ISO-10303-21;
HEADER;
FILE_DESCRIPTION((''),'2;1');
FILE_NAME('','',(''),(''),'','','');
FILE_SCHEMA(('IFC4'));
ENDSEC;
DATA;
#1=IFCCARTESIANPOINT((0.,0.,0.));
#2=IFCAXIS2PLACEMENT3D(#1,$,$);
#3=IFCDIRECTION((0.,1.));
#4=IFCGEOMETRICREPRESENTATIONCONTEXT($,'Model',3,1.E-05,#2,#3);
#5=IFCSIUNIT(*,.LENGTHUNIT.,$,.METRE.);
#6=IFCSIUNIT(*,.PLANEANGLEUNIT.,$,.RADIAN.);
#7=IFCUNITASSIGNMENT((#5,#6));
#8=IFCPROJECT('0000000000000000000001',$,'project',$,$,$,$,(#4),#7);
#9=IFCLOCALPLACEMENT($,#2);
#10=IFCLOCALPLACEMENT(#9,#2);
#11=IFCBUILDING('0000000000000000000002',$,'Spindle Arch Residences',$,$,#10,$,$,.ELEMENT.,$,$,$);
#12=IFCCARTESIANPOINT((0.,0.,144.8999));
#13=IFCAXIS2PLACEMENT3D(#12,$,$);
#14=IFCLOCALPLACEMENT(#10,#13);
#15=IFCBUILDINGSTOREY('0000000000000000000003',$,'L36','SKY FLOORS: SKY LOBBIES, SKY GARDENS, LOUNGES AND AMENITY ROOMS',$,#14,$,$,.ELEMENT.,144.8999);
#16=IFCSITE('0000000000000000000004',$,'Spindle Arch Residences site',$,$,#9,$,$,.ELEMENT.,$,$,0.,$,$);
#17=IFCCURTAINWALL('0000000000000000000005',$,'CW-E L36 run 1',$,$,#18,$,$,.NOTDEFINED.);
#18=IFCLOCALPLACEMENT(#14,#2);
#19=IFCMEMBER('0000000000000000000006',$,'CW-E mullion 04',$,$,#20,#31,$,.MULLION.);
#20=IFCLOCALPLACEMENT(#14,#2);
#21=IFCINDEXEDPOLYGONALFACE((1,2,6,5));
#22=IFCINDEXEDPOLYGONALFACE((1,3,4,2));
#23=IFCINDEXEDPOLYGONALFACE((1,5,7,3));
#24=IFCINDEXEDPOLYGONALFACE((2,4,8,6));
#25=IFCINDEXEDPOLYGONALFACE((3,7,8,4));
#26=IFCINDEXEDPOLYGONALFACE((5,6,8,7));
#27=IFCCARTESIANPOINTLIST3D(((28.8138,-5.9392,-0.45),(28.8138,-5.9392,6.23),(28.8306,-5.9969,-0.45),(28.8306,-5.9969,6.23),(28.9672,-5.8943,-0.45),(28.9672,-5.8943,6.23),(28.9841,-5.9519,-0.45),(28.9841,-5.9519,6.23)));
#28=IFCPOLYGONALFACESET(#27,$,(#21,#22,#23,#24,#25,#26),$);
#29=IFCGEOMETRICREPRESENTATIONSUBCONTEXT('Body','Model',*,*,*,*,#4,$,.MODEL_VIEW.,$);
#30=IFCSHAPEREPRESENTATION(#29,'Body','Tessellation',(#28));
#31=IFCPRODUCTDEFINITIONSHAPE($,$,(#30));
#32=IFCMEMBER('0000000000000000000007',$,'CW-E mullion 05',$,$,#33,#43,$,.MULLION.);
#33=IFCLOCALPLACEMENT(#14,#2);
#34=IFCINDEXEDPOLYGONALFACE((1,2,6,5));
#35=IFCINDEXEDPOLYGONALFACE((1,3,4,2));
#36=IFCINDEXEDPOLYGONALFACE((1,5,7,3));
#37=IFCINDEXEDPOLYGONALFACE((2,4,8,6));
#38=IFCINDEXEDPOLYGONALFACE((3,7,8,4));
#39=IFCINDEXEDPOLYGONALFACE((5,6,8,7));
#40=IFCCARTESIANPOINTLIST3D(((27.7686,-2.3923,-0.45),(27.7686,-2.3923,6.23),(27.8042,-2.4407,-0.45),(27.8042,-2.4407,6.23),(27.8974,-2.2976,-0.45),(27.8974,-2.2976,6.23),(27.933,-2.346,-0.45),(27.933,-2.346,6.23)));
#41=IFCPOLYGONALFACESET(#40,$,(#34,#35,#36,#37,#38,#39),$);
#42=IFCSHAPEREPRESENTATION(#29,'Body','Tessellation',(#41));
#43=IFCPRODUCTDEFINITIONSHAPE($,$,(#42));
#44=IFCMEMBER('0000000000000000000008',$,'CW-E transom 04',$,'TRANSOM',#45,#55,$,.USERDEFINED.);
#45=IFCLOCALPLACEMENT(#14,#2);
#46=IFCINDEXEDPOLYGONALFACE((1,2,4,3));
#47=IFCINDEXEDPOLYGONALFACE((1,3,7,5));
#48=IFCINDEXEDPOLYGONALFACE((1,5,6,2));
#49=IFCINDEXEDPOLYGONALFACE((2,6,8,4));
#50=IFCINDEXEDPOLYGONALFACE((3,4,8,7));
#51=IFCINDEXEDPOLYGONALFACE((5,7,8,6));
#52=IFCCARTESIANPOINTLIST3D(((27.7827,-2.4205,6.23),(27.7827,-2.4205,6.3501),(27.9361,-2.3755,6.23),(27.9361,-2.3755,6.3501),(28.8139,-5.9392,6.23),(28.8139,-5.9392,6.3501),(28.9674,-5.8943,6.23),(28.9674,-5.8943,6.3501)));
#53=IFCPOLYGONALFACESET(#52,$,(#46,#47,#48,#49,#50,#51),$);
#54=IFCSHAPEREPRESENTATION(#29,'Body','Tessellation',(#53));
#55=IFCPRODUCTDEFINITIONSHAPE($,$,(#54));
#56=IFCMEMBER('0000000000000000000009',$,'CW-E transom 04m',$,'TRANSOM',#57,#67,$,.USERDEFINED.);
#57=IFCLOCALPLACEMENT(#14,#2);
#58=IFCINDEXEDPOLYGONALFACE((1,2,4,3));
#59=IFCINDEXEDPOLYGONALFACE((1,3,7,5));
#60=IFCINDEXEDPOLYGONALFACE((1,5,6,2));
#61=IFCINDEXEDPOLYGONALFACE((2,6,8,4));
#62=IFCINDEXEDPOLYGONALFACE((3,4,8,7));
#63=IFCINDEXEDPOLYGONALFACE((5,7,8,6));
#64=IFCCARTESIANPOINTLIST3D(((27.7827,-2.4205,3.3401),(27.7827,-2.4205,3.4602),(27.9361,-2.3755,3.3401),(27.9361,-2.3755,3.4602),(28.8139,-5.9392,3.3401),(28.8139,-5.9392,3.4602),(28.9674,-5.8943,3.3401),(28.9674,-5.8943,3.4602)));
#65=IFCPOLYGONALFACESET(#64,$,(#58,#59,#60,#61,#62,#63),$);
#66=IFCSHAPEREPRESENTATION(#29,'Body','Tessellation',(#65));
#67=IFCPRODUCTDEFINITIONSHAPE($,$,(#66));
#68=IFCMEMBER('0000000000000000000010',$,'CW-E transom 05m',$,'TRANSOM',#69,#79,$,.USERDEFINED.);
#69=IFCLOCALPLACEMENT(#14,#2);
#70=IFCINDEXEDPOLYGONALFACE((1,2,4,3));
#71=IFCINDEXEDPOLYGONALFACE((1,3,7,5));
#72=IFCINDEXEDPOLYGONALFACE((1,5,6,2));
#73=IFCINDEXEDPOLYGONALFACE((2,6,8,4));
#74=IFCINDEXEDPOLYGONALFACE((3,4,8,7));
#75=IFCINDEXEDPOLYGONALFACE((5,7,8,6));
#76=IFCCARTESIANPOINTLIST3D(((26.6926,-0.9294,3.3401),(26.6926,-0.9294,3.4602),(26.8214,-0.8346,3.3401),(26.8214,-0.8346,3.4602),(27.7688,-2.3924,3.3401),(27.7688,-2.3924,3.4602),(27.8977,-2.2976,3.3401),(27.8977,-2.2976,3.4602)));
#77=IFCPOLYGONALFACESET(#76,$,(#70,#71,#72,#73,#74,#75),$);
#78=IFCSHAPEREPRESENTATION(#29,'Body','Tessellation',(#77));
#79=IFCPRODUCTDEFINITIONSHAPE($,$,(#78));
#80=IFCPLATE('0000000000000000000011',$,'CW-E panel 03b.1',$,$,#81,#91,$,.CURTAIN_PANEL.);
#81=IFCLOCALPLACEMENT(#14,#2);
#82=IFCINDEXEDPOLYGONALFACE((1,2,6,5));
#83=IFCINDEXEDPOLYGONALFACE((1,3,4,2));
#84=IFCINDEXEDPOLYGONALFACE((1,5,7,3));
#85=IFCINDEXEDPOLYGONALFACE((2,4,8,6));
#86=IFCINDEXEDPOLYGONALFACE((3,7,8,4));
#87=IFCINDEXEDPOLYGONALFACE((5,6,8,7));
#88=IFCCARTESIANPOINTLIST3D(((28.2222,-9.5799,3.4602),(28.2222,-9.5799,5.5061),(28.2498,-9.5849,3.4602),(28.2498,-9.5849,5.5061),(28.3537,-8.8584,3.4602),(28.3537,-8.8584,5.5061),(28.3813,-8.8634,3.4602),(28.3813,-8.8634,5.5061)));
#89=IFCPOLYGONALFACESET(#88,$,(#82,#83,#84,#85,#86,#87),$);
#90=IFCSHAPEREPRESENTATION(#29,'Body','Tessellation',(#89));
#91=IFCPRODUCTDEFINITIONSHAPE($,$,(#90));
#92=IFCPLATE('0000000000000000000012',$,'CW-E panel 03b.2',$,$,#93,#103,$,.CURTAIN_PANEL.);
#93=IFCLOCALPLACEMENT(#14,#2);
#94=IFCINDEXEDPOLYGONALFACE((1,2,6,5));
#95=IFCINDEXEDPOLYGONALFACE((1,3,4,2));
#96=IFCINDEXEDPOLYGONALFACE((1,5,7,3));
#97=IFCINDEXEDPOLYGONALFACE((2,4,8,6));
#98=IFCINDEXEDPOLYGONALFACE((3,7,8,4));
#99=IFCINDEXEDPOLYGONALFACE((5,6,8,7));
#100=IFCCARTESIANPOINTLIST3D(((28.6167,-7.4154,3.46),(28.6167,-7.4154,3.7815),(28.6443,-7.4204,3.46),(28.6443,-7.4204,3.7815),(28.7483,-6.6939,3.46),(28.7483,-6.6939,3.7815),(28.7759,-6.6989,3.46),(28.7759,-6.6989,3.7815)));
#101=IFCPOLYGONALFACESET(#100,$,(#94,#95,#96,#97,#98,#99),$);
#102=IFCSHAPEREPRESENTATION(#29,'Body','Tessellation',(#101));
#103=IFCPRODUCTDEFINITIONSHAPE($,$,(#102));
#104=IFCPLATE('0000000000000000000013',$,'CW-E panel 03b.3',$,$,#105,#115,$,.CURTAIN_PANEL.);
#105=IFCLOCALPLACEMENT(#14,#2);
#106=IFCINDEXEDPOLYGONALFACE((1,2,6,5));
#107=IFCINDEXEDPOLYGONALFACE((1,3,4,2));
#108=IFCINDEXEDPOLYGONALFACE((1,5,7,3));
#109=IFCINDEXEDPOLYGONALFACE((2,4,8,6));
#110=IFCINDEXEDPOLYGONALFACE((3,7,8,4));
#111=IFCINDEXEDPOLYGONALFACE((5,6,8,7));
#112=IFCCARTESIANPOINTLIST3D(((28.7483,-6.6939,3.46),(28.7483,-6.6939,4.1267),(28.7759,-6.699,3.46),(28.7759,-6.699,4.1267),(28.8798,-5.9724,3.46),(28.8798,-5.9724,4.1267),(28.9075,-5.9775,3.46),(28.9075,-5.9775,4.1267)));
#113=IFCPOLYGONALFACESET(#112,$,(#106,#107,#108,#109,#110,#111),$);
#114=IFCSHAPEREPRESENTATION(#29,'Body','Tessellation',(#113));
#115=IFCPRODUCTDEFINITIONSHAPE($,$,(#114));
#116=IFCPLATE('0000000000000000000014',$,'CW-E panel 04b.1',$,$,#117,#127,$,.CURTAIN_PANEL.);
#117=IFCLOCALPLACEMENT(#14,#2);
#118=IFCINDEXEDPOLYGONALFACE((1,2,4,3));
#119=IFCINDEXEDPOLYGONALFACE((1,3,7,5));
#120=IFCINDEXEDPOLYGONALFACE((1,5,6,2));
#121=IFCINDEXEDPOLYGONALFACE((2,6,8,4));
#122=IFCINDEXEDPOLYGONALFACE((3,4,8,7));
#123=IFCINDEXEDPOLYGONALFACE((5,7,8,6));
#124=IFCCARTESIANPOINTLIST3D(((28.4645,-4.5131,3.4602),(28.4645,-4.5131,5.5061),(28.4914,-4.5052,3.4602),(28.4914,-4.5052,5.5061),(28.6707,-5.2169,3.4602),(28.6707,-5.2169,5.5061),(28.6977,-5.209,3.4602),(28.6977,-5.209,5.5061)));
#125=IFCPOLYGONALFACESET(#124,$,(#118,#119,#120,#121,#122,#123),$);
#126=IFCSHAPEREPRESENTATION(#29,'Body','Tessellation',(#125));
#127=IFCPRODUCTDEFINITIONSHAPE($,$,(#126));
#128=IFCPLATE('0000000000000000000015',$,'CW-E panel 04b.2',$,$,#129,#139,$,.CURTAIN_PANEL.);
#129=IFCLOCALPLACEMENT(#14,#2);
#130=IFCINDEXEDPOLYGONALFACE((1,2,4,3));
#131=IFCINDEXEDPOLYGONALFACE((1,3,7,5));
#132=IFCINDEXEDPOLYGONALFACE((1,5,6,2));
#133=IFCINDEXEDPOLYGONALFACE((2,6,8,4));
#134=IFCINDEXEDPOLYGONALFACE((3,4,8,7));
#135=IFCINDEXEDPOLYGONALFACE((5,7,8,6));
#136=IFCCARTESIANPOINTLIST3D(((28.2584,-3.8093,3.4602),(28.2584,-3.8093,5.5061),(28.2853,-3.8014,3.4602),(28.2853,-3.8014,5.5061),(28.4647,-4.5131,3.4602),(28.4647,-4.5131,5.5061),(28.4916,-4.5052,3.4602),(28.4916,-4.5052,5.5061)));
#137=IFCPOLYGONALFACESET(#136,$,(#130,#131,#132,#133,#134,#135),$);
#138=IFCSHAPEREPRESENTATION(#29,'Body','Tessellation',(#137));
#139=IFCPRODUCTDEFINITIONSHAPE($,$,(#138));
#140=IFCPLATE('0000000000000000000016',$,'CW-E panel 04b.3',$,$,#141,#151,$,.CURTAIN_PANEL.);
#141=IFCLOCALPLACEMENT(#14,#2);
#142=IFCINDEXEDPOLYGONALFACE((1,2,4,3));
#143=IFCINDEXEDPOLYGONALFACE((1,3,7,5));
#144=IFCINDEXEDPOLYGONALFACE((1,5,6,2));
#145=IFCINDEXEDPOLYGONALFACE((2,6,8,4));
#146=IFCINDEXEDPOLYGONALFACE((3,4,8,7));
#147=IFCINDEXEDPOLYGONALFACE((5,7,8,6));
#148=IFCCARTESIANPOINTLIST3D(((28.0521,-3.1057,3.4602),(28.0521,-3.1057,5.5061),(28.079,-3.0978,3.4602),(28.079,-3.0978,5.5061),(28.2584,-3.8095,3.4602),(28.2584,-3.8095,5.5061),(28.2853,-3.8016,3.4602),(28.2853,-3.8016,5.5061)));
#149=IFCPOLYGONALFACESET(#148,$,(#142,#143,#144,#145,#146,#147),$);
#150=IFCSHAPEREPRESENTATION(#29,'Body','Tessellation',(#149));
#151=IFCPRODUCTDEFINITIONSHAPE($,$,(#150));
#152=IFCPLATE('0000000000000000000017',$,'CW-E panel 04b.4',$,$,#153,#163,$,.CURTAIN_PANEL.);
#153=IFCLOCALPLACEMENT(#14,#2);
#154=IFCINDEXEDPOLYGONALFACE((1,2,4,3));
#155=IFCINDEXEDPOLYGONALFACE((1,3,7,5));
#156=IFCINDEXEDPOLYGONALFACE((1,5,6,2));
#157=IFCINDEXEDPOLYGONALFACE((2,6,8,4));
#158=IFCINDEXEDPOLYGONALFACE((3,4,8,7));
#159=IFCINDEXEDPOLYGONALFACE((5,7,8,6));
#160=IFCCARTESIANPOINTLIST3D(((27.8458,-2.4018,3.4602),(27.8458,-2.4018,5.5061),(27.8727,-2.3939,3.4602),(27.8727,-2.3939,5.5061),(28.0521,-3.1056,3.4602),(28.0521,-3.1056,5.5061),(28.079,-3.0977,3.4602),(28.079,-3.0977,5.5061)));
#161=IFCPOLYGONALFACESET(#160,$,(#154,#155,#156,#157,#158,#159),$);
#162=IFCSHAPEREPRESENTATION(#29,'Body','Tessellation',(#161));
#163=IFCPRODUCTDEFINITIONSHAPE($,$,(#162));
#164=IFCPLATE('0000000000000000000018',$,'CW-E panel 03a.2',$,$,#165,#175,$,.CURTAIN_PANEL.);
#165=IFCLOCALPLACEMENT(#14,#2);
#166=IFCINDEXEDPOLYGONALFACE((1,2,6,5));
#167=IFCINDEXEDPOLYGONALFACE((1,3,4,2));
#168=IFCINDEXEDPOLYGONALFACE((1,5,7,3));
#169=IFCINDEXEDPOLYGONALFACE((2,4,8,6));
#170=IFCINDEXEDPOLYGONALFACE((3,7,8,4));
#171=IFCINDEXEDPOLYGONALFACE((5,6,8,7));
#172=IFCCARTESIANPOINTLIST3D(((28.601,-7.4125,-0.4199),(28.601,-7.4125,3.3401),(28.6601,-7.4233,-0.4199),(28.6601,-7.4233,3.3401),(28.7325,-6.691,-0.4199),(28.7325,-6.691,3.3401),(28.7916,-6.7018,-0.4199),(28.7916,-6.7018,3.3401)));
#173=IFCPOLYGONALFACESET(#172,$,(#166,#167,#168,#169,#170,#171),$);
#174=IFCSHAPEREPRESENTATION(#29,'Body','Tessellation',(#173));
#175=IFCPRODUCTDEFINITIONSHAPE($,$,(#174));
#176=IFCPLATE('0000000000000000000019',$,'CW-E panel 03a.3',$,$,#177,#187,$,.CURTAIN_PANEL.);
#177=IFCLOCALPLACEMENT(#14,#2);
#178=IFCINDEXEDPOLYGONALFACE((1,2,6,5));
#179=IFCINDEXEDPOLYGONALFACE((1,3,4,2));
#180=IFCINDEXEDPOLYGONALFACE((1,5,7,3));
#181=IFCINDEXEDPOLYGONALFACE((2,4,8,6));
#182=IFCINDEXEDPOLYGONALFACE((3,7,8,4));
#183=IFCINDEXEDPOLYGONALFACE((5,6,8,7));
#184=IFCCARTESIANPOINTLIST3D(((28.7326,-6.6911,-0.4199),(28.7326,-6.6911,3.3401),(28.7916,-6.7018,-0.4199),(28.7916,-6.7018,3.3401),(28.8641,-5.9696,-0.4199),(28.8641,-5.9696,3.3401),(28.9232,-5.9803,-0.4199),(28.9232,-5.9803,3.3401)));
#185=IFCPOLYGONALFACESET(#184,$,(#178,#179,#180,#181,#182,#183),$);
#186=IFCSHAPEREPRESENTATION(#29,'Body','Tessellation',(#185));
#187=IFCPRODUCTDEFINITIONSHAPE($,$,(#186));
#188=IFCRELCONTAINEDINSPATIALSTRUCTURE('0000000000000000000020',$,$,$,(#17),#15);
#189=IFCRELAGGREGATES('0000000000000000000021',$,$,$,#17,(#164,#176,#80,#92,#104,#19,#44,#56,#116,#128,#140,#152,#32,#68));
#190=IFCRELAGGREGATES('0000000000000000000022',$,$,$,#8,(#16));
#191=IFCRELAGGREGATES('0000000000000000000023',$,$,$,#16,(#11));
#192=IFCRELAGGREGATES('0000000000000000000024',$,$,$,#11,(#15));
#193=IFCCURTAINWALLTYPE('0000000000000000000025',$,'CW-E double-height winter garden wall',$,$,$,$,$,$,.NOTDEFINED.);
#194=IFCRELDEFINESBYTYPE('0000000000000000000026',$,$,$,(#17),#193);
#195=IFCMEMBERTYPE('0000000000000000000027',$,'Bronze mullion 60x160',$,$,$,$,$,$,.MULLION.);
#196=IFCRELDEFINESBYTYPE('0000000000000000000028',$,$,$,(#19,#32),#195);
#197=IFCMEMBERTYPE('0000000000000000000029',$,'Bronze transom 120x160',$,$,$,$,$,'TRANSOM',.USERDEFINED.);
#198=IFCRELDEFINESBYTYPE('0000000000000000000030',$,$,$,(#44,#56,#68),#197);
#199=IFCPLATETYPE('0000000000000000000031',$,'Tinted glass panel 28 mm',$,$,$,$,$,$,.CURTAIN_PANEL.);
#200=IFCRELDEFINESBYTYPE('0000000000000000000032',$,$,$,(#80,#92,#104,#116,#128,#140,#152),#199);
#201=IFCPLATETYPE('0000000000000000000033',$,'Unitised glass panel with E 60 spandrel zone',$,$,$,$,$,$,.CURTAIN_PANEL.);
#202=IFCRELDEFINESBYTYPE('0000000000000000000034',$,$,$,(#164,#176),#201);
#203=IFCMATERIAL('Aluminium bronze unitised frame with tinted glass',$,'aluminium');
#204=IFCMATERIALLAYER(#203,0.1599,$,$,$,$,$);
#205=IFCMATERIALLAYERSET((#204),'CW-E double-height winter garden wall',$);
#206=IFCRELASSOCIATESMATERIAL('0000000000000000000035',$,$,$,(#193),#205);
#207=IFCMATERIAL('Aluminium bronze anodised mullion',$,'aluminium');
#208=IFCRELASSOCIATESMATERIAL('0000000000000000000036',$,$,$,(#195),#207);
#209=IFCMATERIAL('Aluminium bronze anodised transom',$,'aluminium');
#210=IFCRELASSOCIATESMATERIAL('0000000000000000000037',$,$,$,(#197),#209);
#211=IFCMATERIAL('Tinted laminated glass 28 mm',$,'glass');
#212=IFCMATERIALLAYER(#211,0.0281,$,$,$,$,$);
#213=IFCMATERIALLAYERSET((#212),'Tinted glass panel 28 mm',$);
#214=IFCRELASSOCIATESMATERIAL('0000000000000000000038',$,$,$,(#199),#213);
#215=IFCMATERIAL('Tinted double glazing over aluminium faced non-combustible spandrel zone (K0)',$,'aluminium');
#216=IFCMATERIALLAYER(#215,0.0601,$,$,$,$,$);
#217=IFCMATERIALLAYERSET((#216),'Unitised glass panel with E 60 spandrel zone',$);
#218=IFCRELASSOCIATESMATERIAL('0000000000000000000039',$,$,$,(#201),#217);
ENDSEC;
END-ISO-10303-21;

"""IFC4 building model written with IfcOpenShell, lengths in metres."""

from ifc_helpers import new_model, si_unit, direction, frame, origin, origin_2d, place, context, subcontext, project, spatial, rectangle, extrude, material, layer, layer_set, material_profile, profile_set, type_object, element, aggregate, save


model = new_model("IFC4")

# Units and contexts
model_context = context("Model", 3, precision=1e-05, world=origin(), true_north=direction((0.0, 1.0)))
body_context = subcontext(model_context, "Body", "Model", "MODEL_VIEW")
ifc_project = project(units=[si_unit("LENGTHUNIT", "METRE"), si_unit("PLANEANGLEUNIT", "RADIAN")], contexts=[model_context])

# Site, building, storey
site_placement = place(None, origin())
site = spatial("IfcSite", under=ifc_project, at=site_placement, Name="Spindle Arch Residences site", CompositionType="ELEMENT", RefElevation=0.0)
building_placement = place(site_placement, origin())
building = spatial("IfcBuilding", under=site, at=building_placement, Name="Spindle Arch Residences", CompositionType="ELEMENT")
storey_placement = place(building_placement, frame((0.0, 0.0, 144.8999)))
storey = spatial("IfcBuildingStorey", under=building, at=storey_placement, Name="L36", Description="SKY FLOORS: SKY LOBBIES, SKY GARDENS, LOUNGES AND AMENITY ROOMS", CompositionType="ELEMENT", Elevation=144.8999)

# Curtain wall, members, plates
ifc_material_1 = material(Name="Aluminium bronze unitised frame with tinted glass", Category="aluminium")
ifc_layer_1 = layer(ifc_material_1, 0.1599)
ifc_layer_set_1 = layer_set([ifc_layer_1], Name="CW-E double-height winter garden wall")
curtain_wall_type = type_object("IfcCurtainWallType", Name="CW-E double-height winter garden wall", PredefinedType="NOTDEFINED", material=ifc_layer_set_1)
curtain_wall_placement = place(storey_placement, origin())
curtain_wall = element("IfcCurtainWall", 1, at=curtain_wall_placement, inside=storey, type_object=curtain_wall_type, Name="CW-E L36 run 1", PredefinedType="NOTDEFINED")
ifc_material_2 = material(Name="Aluminium bronze anodised mullion", Category="aluminium")
ifc_material_profile_1 = material_profile(ifc_material_2, rectangle(XDim=0.1599, YDim=0.0601, at=origin_2d()), Name="MU 60x160")
ifc_profile_set_1 = profile_set([ifc_material_profile_1], Name="Aluminium bronze anodised mullion")
member_type_1 = type_object("IfcMemberType", Name="Bronze mullion 60x160", PredefinedType="MULLION", material=ifc_profile_set_1)
member_1_placement = place(storey_placement, frame((28.8989, -5.9456, -0.45), z_axis=(0.0, 0.0, 1.0), x_axis=(-0.959642, -0.281225, 0.0)))
member_1 = element("IfcMember", 2, at=member_1_placement, type_object=member_type_1, Name="CW-E mullion 04", PredefinedType="MULLION", context=body_context, shape_type="SweptSolid", body=[
    extrude(rectangle(XDim=0.1599, YDim=0.0601, at=origin_2d()), origin(), (0.0, 0.0, 1.0), 6.6799),
])
member_2_placement = place(storey_placement, frame((27.8508, -2.3691, -0.45), z_axis=(0.0, 0.0, 1.0), x_axis=(-0.805584, -0.592482, 0.0)))
member_2 = element("IfcMember", 3, at=member_2_placement, type_object=member_type_1, Name="CW-E mullion 05", PredefinedType="MULLION", context=body_context, shape_type="SweptSolid", body=[
    extrude(rectangle(XDim=0.1599, YDim=0.0601, at=origin_2d()), origin(), (0.0, 0.0, 1.0), 6.6799),
])
ifc_material_3 = material(Name="Aluminium bronze anodised transom", Category="aluminium")
ifc_material_profile_2 = material_profile(ifc_material_3, rectangle(XDim=0.1599, YDim=0.1201, at=origin_2d()), Name="TR 120x160")
ifc_profile_set_2 = profile_set([ifc_material_profile_2], Name="Aluminium bronze anodised transom")
member_type_2 = type_object("IfcMemberType", Name="Bronze transom 120x160", ElementType="TRANSOM", PredefinedType="USERDEFINED", material=ifc_profile_set_2)
member_3_placement = place(storey_placement, frame((28.8906, -5.9167, 6.29), z_axis=(-0.28124, 0.959638, 0.0), x_axis=(-0.959638, -0.28124, 0.0)))
member_3 = element("IfcMember", 4, at=member_3_placement, type_object=member_type_2, Name="CW-E transom 04", ObjectType="TRANSOM", PredefinedType="USERDEFINED", context=body_context, shape_type="SweptSolid", body=[
    extrude(rectangle(XDim=0.1599, YDim=0.1201, at=origin_2d()), origin(), (0.0, 0.0, 1.0), 3.6667),
])
member_4_placement = place(storey_placement, frame((28.8906, -5.9167, 3.4001), z_axis=(-0.28124, 0.959638, 0.0), x_axis=(-0.959638, -0.28124, 0.0)))
member_4 = element("IfcMember", 5, at=member_4_placement, type_object=member_type_2, Name="CW-E transom 04m", ObjectType="TRANSOM", PredefinedType="USERDEFINED", context=body_context, shape_type="SweptSolid", body=[
    extrude(rectangle(XDim=0.1599, YDim=0.1201, at=origin_2d()), origin(), (0.0, 0.0, 1.0), 3.6667),
])
member_5_placement = place(storey_placement, frame((27.8333, -2.345, 3.4001), z_axis=(-0.592575, 0.805515, 0.0), x_axis=(-0.805515, -0.592575, 0.0)))
member_5 = element("IfcMember", 6, at=member_5_placement, type_object=member_type_2, Name="CW-E transom 05m", ObjectType="TRANSOM", PredefinedType="USERDEFINED", context=body_context, shape_type="SweptSolid", body=[
    extrude(rectangle(XDim=0.1599, YDim=0.1201, at=origin_2d()), origin(), (0.0, 0.0, 1.0), 1.8162),
])
ifc_material_4 = material(Name="Tinted laminated glass 28 mm", Category="glass")
ifc_layer_2 = layer(ifc_material_4, 0.0281)
ifc_layer_set_2 = layer_set([ifc_layer_2], Name="Tinted glass panel 28 mm")
plate_type_1 = type_object("IfcPlateType", Name="Tinted glass panel 28 mm", PredefinedType="CURTAIN_PANEL", material=ifc_layer_set_2)
plate_1_placement = place(storey_placement, frame((28.3018, -9.2217, 3.4602), z_axis=(0.0, 0.0, 1.0), x_axis=(0.179375, 0.983781, 0.0)))
plate_1 = element("IfcPlate", 7, at=plate_1_placement, type_object=plate_type_1, Name="CW-E panel 03b.1", PredefinedType="CURTAIN_PANEL", context=body_context, shape_type="SweptSolid", body=[
    extrude(rectangle(XDim=0.7334, YDim=0.0281, at=origin_2d()), origin(), (0.0, 0.0, 1.0), 2.0459),
])
plate_2_placement = place(storey_placement, frame((28.6963, -7.0571, 3.46), z_axis=(0.0, 0.0, 1.0), x_axis=(0.179375, 0.983781, 0.0)))
plate_2 = element("IfcPlate", 8, at=plate_2_placement, type_object=plate_type_1, Name="CW-E panel 03b.2", PredefinedType="CURTAIN_PANEL", context=body_context, shape_type="SweptSolid", body=[
    extrude(rectangle(XDim=0.7334, YDim=0.0281, at=origin_2d()), origin(), (0.0, 0.0, 1.0), 0.3215),
])
plate_3_placement = place(storey_placement, frame((28.8279, -6.3357, 3.46), z_axis=(0.0, 0.0, 1.0), x_axis=(0.179375, 0.983781, 0.0)))
plate_3 = element("IfcPlate", 9, at=plate_3_placement, type_object=plate_type_1, Name="CW-E panel 03b.3", PredefinedType="CURTAIN_PANEL", context=body_context, shape_type="SweptSolid", body=[
    extrude(rectangle(XDim=0.7334, YDim=0.0281, at=origin_2d()), origin(), (0.0, 0.0, 1.0), 0.6667),
])
plate_4_placement = place(storey_placement, frame((28.5811, -4.8611, 3.4602), z_axis=(0.0, 0.0, 1.0), x_axis=(-0.281225, 0.959642, 0.0)))
plate_4 = element("IfcPlate", 10, at=plate_4_placement, type_object=plate_type_1, Name="CW-E panel 04b.1", PredefinedType="CURTAIN_PANEL", context=body_context, shape_type="SweptSolid", body=[
    extrude(rectangle(XDim=0.7334, YDim=0.0281, at=origin_2d()), origin(), (0.0, 0.0, 1.0), 2.0459),
])
plate_5_placement = place(storey_placement, frame((28.375, -4.1572, 3.4602), z_axis=(0.0, 0.0, 1.0), x_axis=(-0.281225, 0.959642, 0.0)))
plate_5 = element("IfcPlate", 11, at=plate_5_placement, type_object=plate_type_1, Name="CW-E panel 04b.2", PredefinedType="CURTAIN_PANEL", context=body_context, shape_type="SweptSolid", body=[
    extrude(rectangle(XDim=0.7334, YDim=0.0281, at=origin_2d()), origin(), (0.0, 0.0, 1.0), 2.0459),
])
plate_6_placement = place(storey_placement, frame((28.1687, -3.4536, 3.4602), z_axis=(0.0, 0.0, 1.0), x_axis=(-0.281225, 0.959642, 0.0)))
plate_6 = element("IfcPlate", 12, at=plate_6_placement, type_object=plate_type_1, Name="CW-E panel 04b.3", PredefinedType="CURTAIN_PANEL", context=body_context, shape_type="SweptSolid", body=[
    extrude(rectangle(XDim=0.7334, YDim=0.0281, at=origin_2d()), origin(), (0.0, 0.0, 1.0), 2.0459),
])
plate_7_placement = place(storey_placement, frame((27.9624, -2.7498, 3.4602), z_axis=(0.0, 0.0, 1.0), x_axis=(-0.281225, 0.959642, 0.0)))
plate_7 = element("IfcPlate", 13, at=plate_7_placement, type_object=plate_type_1, Name="CW-E panel 04b.4", PredefinedType="CURTAIN_PANEL", context=body_context, shape_type="SweptSolid", body=[
    extrude(rectangle(XDim=0.7334, YDim=0.0281, at=origin_2d()), origin(), (0.0, 0.0, 1.0), 2.0459),
])
ifc_material_5 = material(Name="Tinted double glazing over aluminium faced non-combustible spandrel zone (K0)", Category="aluminium")
ifc_layer_3 = layer(ifc_material_5, 0.0601)
ifc_layer_set_3 = layer_set([ifc_layer_3], Name="Unitised glass panel with E 60 spandrel zone")
plate_type_2 = type_object("IfcPlateType", Name="Unitised glass panel with E 60 spandrel zone", PredefinedType="CURTAIN_PANEL", material=ifc_layer_set_3)
plate_8_placement = place(storey_placement, frame((28.6963, -7.0571, -0.4199), z_axis=(0.0, 0.0, 1.0), x_axis=(0.179375, 0.983781, 0.0)))
plate_8 = element("IfcPlate", 14, at=plate_8_placement, type_object=plate_type_2, Name="CW-E panel 03a.2", PredefinedType="CURTAIN_PANEL", context=body_context, shape_type="SweptSolid", body=[
    extrude(rectangle(XDim=0.7334, YDim=0.0601, at=origin_2d()), origin(), (0.0, 0.0, 1.0), 3.76),
])
plate_9_placement = place(storey_placement, frame((28.8279, -6.3357, -0.4199), z_axis=(0.0, 0.0, 1.0), x_axis=(0.179375, 0.983781, 0.0)))
plate_9 = element("IfcPlate", 15, at=plate_9_placement, type_object=plate_type_2, Name="CW-E panel 03a.3", PredefinedType="CURTAIN_PANEL", context=body_context, shape_type="SweptSolid", body=[
    extrude(rectangle(XDim=0.7334, YDim=0.0601, at=origin_2d()), origin(), (0.0, 0.0, 1.0), 3.76),
])
aggregate(curtain_wall, [plate_8, plate_9, plate_1, plate_2, plate_3, member_1, member_3, member_4, plate_4, plate_5, plate_6, plate_7, member_2, member_5])

save(model, "model.ifc")
